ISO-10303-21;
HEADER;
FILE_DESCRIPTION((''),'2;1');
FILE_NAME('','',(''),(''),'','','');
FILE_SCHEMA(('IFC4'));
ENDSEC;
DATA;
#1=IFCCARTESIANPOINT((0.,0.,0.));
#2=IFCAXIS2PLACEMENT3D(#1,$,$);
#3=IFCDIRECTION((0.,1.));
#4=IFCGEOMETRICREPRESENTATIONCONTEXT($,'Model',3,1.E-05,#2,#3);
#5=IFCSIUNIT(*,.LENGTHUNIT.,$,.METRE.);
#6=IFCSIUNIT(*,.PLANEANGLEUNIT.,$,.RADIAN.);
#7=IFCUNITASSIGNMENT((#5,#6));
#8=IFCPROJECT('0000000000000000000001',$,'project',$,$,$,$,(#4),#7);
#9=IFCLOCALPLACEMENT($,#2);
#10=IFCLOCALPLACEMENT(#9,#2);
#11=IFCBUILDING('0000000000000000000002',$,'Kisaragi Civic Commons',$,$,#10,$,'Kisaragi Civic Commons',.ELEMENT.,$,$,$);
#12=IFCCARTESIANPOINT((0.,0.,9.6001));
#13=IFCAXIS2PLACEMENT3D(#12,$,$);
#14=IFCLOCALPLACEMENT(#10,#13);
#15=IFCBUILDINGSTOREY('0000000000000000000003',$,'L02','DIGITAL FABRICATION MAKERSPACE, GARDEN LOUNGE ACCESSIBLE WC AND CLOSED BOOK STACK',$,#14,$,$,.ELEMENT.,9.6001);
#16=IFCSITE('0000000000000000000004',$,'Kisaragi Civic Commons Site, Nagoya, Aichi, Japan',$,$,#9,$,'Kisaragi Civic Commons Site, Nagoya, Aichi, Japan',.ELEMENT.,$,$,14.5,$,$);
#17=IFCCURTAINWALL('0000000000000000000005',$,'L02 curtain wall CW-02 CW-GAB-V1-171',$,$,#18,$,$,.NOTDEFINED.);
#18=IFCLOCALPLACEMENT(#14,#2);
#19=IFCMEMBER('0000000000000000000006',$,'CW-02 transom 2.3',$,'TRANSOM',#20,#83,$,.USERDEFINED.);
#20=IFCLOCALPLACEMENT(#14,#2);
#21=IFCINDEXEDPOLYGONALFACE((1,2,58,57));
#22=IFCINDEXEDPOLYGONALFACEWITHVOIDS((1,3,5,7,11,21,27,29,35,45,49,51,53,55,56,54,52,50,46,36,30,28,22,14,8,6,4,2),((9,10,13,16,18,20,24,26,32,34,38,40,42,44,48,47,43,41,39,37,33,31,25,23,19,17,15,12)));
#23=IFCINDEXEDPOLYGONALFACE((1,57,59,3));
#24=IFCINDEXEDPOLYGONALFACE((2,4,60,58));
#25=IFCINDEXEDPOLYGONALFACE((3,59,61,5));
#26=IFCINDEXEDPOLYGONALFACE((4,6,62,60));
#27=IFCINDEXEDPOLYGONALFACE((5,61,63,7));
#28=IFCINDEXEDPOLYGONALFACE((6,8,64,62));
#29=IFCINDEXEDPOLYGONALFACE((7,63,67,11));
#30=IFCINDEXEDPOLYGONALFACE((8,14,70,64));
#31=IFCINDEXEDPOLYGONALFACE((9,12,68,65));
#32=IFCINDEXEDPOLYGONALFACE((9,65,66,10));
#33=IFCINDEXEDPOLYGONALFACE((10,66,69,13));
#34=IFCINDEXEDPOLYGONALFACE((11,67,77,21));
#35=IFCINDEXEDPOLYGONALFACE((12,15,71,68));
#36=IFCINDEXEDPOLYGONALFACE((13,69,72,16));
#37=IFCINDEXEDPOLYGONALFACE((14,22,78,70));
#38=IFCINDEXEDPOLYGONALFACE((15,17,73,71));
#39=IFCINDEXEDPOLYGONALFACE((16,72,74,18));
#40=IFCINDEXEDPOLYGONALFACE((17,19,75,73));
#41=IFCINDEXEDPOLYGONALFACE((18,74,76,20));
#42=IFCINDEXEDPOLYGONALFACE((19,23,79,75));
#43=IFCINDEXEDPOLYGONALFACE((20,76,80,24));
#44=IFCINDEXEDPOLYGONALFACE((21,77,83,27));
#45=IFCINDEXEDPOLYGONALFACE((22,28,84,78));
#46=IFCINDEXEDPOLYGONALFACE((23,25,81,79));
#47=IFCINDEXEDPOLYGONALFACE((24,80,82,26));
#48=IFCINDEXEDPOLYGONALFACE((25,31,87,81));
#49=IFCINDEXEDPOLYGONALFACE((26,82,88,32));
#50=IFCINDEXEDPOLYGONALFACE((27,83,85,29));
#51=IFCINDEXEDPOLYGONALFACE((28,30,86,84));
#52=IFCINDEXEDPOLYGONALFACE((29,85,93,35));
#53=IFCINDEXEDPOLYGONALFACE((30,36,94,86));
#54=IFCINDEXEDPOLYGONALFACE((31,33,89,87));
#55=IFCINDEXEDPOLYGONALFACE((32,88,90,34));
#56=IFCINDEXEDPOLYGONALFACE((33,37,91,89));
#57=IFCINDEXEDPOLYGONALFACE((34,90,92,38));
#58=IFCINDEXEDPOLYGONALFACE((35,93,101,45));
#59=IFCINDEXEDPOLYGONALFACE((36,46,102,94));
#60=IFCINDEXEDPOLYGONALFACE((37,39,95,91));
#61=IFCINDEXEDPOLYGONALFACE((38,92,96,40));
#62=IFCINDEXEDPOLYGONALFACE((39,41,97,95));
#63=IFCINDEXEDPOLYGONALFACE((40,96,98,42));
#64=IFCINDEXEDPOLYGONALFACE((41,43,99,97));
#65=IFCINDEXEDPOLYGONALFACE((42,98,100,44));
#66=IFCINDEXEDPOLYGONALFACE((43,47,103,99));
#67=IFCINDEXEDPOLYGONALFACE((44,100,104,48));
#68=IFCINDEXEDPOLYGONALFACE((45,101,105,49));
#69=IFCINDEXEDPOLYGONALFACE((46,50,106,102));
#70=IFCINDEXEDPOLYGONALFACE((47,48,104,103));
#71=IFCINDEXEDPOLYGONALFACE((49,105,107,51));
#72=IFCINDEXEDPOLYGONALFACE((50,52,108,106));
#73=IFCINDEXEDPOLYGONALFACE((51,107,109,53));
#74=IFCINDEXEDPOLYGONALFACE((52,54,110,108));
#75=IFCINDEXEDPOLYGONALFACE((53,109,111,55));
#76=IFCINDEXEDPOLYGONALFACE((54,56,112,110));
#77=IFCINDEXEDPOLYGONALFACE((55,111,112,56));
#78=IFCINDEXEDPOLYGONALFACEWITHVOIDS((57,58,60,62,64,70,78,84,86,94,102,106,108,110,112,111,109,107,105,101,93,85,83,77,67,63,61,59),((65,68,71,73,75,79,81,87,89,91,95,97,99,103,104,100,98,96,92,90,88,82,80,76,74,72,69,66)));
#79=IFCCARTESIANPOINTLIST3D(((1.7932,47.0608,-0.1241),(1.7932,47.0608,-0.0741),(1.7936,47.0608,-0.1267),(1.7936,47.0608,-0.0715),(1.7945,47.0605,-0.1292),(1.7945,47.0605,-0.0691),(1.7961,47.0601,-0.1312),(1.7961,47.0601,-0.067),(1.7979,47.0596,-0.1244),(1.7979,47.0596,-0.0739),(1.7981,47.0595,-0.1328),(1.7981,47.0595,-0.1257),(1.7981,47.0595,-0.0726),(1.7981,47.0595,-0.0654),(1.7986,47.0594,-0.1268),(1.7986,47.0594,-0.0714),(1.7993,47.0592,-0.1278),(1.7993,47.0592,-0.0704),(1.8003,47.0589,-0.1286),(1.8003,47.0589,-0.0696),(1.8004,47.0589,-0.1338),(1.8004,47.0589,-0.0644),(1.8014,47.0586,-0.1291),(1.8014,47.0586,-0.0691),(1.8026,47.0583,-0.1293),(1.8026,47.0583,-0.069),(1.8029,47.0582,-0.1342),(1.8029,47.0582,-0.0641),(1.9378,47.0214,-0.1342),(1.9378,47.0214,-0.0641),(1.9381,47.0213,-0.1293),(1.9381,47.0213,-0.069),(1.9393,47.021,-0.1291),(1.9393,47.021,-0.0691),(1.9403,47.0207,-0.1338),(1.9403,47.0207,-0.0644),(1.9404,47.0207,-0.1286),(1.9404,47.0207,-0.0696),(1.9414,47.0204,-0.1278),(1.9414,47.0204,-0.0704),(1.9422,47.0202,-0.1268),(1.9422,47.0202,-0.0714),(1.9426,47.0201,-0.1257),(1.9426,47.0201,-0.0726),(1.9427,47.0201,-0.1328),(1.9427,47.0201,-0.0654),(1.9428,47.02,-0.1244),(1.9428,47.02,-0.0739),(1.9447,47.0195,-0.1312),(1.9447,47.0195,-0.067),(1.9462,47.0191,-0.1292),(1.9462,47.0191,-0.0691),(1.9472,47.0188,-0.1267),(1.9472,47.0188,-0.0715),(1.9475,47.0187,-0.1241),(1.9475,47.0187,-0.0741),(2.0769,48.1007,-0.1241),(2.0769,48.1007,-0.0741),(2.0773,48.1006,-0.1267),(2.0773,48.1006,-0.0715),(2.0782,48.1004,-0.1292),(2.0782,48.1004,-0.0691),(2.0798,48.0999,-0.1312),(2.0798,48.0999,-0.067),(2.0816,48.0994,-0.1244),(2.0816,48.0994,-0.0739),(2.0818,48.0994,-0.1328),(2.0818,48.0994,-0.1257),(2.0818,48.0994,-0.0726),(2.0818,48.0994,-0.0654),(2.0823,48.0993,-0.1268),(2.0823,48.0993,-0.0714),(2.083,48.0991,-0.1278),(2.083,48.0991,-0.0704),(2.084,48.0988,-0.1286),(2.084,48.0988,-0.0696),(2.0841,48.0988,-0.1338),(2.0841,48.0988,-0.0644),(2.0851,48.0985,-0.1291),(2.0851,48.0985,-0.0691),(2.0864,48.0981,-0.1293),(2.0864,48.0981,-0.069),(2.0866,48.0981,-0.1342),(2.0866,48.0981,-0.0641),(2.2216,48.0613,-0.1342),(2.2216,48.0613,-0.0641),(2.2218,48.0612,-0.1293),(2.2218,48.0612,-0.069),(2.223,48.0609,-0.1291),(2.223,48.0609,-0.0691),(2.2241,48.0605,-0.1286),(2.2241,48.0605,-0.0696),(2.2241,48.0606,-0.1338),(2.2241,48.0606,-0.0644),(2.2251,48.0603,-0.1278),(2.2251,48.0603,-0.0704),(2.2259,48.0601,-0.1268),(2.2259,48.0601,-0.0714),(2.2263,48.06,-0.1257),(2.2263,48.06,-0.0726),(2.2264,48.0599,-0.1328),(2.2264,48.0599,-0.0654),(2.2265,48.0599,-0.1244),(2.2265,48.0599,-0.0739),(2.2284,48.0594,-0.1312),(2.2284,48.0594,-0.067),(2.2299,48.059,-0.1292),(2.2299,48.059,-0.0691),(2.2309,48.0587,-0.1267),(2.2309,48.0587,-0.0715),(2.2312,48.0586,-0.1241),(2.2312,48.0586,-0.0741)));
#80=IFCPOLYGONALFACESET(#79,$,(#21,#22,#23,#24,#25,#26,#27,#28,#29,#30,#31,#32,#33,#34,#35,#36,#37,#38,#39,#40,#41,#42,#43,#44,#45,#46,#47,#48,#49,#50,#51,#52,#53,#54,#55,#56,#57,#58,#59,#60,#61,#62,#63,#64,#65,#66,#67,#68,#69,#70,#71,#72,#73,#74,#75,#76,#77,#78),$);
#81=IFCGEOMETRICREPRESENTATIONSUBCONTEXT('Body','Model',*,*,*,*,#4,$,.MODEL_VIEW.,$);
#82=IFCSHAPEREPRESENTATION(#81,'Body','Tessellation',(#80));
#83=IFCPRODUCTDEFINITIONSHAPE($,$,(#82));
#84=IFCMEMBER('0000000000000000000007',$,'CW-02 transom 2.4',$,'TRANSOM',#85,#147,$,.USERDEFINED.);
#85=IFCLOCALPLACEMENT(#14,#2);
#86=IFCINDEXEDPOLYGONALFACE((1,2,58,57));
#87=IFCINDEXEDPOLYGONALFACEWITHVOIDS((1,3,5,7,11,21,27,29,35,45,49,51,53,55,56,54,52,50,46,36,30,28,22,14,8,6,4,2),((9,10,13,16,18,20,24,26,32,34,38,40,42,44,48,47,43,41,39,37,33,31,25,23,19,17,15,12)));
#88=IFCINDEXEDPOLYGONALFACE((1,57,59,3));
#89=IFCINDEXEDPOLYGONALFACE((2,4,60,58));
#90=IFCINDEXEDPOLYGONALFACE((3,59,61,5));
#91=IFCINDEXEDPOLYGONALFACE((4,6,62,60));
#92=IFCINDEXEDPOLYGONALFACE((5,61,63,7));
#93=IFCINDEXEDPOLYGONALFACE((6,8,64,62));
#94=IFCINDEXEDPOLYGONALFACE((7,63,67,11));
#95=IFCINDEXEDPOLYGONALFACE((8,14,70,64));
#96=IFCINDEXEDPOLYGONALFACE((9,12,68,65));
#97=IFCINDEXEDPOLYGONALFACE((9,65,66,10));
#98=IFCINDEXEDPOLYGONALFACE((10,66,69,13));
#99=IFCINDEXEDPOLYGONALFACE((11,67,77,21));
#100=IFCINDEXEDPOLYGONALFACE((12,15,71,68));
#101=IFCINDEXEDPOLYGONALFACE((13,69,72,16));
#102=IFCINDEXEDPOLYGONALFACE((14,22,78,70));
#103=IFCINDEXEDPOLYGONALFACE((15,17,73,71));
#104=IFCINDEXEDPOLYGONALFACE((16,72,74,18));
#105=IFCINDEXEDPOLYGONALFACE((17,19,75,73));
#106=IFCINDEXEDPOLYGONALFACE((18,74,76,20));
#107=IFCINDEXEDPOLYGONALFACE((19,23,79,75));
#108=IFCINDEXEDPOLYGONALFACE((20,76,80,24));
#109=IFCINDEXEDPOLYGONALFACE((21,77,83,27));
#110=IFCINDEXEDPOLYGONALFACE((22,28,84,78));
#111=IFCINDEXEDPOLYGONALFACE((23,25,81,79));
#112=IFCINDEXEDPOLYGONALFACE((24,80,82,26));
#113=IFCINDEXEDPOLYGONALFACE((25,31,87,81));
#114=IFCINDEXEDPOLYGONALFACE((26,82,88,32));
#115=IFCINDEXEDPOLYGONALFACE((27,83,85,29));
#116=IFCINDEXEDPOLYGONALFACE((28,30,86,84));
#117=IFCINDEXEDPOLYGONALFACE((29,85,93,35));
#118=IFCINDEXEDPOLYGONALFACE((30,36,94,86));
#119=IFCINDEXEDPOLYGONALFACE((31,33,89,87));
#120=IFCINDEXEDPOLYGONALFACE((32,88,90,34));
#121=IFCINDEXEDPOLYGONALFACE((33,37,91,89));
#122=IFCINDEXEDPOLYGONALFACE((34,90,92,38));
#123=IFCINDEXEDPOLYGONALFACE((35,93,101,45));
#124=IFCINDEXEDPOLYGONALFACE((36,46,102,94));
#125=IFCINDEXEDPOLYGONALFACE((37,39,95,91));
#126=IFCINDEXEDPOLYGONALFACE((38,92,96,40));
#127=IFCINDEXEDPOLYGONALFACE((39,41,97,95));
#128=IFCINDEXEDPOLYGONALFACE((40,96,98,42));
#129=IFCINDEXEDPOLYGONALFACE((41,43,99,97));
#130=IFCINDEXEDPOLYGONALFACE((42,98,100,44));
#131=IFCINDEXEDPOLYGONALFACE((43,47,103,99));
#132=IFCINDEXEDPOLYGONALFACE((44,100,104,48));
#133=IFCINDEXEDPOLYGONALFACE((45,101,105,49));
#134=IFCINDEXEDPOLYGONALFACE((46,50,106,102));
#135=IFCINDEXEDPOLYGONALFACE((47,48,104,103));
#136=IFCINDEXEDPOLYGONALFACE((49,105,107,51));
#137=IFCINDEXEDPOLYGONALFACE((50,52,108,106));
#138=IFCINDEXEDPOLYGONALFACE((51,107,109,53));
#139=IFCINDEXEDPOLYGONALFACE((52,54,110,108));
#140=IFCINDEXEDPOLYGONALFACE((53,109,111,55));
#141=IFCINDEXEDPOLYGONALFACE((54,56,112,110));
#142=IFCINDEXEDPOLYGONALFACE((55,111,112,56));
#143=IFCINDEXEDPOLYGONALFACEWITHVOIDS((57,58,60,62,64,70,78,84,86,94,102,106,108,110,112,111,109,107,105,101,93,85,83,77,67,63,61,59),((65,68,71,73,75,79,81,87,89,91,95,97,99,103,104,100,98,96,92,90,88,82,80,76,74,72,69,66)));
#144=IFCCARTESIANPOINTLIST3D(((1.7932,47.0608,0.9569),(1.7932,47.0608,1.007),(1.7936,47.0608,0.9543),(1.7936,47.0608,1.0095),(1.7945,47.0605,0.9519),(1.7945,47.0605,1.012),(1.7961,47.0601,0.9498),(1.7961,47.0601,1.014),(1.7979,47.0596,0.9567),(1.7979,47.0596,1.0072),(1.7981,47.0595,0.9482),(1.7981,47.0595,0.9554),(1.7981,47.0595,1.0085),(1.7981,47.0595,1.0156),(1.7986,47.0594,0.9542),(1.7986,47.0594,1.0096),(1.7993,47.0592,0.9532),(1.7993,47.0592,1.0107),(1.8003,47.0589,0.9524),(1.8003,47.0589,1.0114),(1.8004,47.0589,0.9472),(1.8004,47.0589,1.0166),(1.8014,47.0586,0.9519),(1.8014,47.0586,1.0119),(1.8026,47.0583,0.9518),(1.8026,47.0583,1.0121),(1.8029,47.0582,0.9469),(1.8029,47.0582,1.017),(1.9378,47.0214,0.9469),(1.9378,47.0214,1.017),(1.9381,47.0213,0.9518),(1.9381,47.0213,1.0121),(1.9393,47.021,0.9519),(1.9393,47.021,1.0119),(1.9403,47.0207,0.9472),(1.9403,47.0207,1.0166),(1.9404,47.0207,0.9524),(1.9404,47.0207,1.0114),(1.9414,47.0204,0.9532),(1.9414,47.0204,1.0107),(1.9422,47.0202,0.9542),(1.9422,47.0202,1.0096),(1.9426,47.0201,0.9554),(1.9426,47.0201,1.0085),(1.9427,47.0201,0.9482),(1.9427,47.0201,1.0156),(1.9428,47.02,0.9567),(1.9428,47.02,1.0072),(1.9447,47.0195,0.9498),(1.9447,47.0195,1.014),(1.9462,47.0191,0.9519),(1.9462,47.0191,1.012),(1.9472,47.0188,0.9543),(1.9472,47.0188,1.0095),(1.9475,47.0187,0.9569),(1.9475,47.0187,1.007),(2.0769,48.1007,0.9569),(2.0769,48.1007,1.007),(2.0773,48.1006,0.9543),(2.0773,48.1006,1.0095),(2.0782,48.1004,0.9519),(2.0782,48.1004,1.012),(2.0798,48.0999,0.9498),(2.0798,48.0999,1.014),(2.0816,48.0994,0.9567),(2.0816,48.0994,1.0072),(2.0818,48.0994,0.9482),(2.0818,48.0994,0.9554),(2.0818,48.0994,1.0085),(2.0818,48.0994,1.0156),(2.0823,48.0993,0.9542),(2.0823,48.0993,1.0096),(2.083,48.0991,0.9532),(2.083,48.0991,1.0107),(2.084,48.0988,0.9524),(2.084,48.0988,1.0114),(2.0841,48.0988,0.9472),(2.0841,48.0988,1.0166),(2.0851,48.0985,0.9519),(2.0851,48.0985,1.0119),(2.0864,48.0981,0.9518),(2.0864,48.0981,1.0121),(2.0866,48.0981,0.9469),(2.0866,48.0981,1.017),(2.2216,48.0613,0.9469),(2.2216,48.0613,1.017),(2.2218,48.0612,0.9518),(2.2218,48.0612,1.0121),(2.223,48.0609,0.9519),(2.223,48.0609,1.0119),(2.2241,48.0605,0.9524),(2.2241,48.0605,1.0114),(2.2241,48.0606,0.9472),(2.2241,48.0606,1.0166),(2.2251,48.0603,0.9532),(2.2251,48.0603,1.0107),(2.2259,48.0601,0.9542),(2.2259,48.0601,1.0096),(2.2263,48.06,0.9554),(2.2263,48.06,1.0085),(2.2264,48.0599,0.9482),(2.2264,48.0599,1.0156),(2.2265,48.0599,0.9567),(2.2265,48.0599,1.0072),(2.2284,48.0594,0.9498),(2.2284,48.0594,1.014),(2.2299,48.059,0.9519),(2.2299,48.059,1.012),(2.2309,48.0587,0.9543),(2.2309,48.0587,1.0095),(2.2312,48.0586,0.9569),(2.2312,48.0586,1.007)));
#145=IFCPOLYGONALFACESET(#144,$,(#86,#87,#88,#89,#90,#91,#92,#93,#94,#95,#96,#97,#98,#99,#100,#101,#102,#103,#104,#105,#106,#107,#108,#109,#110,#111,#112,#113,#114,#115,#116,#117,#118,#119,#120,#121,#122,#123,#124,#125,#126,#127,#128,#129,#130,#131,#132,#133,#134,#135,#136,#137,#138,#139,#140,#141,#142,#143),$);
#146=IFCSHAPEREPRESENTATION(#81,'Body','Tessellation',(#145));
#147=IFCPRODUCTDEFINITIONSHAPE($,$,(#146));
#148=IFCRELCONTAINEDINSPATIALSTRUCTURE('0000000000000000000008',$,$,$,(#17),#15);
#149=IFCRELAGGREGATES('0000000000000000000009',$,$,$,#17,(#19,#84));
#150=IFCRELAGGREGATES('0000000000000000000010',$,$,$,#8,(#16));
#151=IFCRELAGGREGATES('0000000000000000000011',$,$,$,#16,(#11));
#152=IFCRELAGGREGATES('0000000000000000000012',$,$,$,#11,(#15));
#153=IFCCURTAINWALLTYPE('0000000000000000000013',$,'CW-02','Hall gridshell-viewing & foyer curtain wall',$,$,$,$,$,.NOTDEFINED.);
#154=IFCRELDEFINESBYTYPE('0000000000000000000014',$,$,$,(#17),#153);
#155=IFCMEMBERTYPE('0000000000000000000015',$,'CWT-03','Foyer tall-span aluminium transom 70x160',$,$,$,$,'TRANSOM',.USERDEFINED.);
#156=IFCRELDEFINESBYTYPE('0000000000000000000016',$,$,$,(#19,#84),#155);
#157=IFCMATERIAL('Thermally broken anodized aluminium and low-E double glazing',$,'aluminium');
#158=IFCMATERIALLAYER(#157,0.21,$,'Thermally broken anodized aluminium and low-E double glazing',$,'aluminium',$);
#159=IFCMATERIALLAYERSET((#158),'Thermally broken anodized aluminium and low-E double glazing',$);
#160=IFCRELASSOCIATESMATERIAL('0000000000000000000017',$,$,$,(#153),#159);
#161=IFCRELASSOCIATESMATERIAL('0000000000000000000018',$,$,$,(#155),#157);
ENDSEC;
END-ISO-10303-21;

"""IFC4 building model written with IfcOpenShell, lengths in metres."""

from ifc_helpers import new_model, si_unit, direction, frame, origin, origin_2d, place, context, subcontext, project, spatial, hollow_rectangle, extrude, material, layer, layer_set, material_profile, profile_set, type_object, element, aggregate, save


model = new_model("IFC4")

# Units and contexts
model_context = context("Model", 3, precision=1e-05, world=origin(), true_north=direction((0.0, 1.0)))
body_context = subcontext(model_context, "Body", "Model", "MODEL_VIEW")
ifc_project = project(units=[si_unit("LENGTHUNIT", "METRE"), si_unit("PLANEANGLEUNIT", "RADIAN")], contexts=[model_context])

# Site, building, storey
site_placement = place(None, origin())
site = spatial("IfcSite", under=ifc_project, at=site_placement, Name="Kisaragi Civic Commons Site, Nagoya, Aichi, Japan", LongName="Kisaragi Civic Commons Site, Nagoya, Aichi, Japan", CompositionType="ELEMENT", RefElevation=14.5)
building_placement = place(site_placement, origin())
building = spatial("IfcBuilding", under=site, at=building_placement, Name="Kisaragi Civic Commons", LongName="Kisaragi Civic Commons", CompositionType="ELEMENT")
storey_placement = place(building_placement, frame((0.0, 0.0, 9.6001)))
storey = spatial("IfcBuildingStorey", under=building, at=storey_placement, Name="L02", Description="DIGITAL FABRICATION MAKERSPACE, GARDEN LOUNGE ACCESSIBLE WC AND CLOSED BOOK STACK", CompositionType="ELEMENT", Elevation=9.6001)

# Curtain wall
ifc_material_1 = material(Name="Thermally broken anodized aluminium and low-E double glazing", Category="aluminium")
ifc_layer_1 = layer(ifc_material_1, 0.21, Name="Thermally broken anodized aluminium and low-E double glazing", Category="aluminium")
ifc_layer_set_1 = layer_set([ifc_layer_1], Name="Thermally broken anodized aluminium and low-E double glazing")
curtain_wall_type = type_object("IfcCurtainWallType", Name="CW-02", Description="Hall gridshell-viewing & foyer curtain wall", PredefinedType="NOTDEFINED", material=ifc_layer_set_1)
curtain_wall_1_placement = place(storey_placement, origin())
curtain_wall_1 = element("IfcCurtainWall", 1, at=curtain_wall_1_placement, inside=storey, type_object=curtain_wall_type, Name="L02 curtain wall CW-02 CW-GAB-V1-171", PredefinedType="NOTDEFINED")

# Members
ifc_material_profile_1 = material_profile(ifc_material_1, hollow_rectangle(XDim=0.1599, YDim=0.0701, WallThickness=0.0049, InnerFilletRadius=0.0049, OuterFilletRadius=0.01, at=origin_2d()), Name="CWT-70x160x5", Category="aluminium")
ifc_profile_set_1 = profile_set([ifc_material_profile_1], Name="Thermally broken anodized aluminium and low-E double glazing")
member_type_1 = type_object("IfcMemberType", Name="CWT-03", Description="Foyer tall-span aluminium transom 70x160", ElementType="TRANSOM", PredefinedType="USERDEFINED", material=ifc_profile_set_1)
member_1_placement = place(storey_placement, frame((1.8704, 47.0398, -0.0991), z_axis=(0.263213, 0.964738, 0.0), x_axis=(-0.964738, 0.263213, 0.0)))
member_1 = element("IfcMember", 2, at=member_1_placement, type_object=member_type_1, Name="CW-02 transom 2.3", ObjectType="TRANSOM", PredefinedType="USERDEFINED", context=body_context, shape_type="SweptSolid", body=[
    extrude(hollow_rectangle(XDim=0.1599, YDim=0.0701, WallThickness=0.0049, InnerFilletRadius=0.0049, OuterFilletRadius=0.01, at=origin_2d()), origin(), (0.0, 0.0, 1.0), 1.0779),
])
member_2_placement = place(storey_placement, frame((1.8704, 47.0398, 0.9819), z_axis=(0.263213, 0.964738, 0.0), x_axis=(-0.964738, 0.263213, 0.0)))
member_2 = element("IfcMember", 3, at=member_2_placement, type_object=member_type_1, Name="CW-02 transom 2.4", ObjectType="TRANSOM", PredefinedType="USERDEFINED", context=body_context, shape_type="SweptSolid", body=[
    extrude(hollow_rectangle(XDim=0.1599, YDim=0.0701, WallThickness=0.0049, InnerFilletRadius=0.0049, OuterFilletRadius=0.01, at=origin_2d()), origin(), (0.0, 0.0, 1.0), 1.0779),
])

aggregate(curtain_wall_1, [member_1, member_2])

save(model, "model.ifc")
